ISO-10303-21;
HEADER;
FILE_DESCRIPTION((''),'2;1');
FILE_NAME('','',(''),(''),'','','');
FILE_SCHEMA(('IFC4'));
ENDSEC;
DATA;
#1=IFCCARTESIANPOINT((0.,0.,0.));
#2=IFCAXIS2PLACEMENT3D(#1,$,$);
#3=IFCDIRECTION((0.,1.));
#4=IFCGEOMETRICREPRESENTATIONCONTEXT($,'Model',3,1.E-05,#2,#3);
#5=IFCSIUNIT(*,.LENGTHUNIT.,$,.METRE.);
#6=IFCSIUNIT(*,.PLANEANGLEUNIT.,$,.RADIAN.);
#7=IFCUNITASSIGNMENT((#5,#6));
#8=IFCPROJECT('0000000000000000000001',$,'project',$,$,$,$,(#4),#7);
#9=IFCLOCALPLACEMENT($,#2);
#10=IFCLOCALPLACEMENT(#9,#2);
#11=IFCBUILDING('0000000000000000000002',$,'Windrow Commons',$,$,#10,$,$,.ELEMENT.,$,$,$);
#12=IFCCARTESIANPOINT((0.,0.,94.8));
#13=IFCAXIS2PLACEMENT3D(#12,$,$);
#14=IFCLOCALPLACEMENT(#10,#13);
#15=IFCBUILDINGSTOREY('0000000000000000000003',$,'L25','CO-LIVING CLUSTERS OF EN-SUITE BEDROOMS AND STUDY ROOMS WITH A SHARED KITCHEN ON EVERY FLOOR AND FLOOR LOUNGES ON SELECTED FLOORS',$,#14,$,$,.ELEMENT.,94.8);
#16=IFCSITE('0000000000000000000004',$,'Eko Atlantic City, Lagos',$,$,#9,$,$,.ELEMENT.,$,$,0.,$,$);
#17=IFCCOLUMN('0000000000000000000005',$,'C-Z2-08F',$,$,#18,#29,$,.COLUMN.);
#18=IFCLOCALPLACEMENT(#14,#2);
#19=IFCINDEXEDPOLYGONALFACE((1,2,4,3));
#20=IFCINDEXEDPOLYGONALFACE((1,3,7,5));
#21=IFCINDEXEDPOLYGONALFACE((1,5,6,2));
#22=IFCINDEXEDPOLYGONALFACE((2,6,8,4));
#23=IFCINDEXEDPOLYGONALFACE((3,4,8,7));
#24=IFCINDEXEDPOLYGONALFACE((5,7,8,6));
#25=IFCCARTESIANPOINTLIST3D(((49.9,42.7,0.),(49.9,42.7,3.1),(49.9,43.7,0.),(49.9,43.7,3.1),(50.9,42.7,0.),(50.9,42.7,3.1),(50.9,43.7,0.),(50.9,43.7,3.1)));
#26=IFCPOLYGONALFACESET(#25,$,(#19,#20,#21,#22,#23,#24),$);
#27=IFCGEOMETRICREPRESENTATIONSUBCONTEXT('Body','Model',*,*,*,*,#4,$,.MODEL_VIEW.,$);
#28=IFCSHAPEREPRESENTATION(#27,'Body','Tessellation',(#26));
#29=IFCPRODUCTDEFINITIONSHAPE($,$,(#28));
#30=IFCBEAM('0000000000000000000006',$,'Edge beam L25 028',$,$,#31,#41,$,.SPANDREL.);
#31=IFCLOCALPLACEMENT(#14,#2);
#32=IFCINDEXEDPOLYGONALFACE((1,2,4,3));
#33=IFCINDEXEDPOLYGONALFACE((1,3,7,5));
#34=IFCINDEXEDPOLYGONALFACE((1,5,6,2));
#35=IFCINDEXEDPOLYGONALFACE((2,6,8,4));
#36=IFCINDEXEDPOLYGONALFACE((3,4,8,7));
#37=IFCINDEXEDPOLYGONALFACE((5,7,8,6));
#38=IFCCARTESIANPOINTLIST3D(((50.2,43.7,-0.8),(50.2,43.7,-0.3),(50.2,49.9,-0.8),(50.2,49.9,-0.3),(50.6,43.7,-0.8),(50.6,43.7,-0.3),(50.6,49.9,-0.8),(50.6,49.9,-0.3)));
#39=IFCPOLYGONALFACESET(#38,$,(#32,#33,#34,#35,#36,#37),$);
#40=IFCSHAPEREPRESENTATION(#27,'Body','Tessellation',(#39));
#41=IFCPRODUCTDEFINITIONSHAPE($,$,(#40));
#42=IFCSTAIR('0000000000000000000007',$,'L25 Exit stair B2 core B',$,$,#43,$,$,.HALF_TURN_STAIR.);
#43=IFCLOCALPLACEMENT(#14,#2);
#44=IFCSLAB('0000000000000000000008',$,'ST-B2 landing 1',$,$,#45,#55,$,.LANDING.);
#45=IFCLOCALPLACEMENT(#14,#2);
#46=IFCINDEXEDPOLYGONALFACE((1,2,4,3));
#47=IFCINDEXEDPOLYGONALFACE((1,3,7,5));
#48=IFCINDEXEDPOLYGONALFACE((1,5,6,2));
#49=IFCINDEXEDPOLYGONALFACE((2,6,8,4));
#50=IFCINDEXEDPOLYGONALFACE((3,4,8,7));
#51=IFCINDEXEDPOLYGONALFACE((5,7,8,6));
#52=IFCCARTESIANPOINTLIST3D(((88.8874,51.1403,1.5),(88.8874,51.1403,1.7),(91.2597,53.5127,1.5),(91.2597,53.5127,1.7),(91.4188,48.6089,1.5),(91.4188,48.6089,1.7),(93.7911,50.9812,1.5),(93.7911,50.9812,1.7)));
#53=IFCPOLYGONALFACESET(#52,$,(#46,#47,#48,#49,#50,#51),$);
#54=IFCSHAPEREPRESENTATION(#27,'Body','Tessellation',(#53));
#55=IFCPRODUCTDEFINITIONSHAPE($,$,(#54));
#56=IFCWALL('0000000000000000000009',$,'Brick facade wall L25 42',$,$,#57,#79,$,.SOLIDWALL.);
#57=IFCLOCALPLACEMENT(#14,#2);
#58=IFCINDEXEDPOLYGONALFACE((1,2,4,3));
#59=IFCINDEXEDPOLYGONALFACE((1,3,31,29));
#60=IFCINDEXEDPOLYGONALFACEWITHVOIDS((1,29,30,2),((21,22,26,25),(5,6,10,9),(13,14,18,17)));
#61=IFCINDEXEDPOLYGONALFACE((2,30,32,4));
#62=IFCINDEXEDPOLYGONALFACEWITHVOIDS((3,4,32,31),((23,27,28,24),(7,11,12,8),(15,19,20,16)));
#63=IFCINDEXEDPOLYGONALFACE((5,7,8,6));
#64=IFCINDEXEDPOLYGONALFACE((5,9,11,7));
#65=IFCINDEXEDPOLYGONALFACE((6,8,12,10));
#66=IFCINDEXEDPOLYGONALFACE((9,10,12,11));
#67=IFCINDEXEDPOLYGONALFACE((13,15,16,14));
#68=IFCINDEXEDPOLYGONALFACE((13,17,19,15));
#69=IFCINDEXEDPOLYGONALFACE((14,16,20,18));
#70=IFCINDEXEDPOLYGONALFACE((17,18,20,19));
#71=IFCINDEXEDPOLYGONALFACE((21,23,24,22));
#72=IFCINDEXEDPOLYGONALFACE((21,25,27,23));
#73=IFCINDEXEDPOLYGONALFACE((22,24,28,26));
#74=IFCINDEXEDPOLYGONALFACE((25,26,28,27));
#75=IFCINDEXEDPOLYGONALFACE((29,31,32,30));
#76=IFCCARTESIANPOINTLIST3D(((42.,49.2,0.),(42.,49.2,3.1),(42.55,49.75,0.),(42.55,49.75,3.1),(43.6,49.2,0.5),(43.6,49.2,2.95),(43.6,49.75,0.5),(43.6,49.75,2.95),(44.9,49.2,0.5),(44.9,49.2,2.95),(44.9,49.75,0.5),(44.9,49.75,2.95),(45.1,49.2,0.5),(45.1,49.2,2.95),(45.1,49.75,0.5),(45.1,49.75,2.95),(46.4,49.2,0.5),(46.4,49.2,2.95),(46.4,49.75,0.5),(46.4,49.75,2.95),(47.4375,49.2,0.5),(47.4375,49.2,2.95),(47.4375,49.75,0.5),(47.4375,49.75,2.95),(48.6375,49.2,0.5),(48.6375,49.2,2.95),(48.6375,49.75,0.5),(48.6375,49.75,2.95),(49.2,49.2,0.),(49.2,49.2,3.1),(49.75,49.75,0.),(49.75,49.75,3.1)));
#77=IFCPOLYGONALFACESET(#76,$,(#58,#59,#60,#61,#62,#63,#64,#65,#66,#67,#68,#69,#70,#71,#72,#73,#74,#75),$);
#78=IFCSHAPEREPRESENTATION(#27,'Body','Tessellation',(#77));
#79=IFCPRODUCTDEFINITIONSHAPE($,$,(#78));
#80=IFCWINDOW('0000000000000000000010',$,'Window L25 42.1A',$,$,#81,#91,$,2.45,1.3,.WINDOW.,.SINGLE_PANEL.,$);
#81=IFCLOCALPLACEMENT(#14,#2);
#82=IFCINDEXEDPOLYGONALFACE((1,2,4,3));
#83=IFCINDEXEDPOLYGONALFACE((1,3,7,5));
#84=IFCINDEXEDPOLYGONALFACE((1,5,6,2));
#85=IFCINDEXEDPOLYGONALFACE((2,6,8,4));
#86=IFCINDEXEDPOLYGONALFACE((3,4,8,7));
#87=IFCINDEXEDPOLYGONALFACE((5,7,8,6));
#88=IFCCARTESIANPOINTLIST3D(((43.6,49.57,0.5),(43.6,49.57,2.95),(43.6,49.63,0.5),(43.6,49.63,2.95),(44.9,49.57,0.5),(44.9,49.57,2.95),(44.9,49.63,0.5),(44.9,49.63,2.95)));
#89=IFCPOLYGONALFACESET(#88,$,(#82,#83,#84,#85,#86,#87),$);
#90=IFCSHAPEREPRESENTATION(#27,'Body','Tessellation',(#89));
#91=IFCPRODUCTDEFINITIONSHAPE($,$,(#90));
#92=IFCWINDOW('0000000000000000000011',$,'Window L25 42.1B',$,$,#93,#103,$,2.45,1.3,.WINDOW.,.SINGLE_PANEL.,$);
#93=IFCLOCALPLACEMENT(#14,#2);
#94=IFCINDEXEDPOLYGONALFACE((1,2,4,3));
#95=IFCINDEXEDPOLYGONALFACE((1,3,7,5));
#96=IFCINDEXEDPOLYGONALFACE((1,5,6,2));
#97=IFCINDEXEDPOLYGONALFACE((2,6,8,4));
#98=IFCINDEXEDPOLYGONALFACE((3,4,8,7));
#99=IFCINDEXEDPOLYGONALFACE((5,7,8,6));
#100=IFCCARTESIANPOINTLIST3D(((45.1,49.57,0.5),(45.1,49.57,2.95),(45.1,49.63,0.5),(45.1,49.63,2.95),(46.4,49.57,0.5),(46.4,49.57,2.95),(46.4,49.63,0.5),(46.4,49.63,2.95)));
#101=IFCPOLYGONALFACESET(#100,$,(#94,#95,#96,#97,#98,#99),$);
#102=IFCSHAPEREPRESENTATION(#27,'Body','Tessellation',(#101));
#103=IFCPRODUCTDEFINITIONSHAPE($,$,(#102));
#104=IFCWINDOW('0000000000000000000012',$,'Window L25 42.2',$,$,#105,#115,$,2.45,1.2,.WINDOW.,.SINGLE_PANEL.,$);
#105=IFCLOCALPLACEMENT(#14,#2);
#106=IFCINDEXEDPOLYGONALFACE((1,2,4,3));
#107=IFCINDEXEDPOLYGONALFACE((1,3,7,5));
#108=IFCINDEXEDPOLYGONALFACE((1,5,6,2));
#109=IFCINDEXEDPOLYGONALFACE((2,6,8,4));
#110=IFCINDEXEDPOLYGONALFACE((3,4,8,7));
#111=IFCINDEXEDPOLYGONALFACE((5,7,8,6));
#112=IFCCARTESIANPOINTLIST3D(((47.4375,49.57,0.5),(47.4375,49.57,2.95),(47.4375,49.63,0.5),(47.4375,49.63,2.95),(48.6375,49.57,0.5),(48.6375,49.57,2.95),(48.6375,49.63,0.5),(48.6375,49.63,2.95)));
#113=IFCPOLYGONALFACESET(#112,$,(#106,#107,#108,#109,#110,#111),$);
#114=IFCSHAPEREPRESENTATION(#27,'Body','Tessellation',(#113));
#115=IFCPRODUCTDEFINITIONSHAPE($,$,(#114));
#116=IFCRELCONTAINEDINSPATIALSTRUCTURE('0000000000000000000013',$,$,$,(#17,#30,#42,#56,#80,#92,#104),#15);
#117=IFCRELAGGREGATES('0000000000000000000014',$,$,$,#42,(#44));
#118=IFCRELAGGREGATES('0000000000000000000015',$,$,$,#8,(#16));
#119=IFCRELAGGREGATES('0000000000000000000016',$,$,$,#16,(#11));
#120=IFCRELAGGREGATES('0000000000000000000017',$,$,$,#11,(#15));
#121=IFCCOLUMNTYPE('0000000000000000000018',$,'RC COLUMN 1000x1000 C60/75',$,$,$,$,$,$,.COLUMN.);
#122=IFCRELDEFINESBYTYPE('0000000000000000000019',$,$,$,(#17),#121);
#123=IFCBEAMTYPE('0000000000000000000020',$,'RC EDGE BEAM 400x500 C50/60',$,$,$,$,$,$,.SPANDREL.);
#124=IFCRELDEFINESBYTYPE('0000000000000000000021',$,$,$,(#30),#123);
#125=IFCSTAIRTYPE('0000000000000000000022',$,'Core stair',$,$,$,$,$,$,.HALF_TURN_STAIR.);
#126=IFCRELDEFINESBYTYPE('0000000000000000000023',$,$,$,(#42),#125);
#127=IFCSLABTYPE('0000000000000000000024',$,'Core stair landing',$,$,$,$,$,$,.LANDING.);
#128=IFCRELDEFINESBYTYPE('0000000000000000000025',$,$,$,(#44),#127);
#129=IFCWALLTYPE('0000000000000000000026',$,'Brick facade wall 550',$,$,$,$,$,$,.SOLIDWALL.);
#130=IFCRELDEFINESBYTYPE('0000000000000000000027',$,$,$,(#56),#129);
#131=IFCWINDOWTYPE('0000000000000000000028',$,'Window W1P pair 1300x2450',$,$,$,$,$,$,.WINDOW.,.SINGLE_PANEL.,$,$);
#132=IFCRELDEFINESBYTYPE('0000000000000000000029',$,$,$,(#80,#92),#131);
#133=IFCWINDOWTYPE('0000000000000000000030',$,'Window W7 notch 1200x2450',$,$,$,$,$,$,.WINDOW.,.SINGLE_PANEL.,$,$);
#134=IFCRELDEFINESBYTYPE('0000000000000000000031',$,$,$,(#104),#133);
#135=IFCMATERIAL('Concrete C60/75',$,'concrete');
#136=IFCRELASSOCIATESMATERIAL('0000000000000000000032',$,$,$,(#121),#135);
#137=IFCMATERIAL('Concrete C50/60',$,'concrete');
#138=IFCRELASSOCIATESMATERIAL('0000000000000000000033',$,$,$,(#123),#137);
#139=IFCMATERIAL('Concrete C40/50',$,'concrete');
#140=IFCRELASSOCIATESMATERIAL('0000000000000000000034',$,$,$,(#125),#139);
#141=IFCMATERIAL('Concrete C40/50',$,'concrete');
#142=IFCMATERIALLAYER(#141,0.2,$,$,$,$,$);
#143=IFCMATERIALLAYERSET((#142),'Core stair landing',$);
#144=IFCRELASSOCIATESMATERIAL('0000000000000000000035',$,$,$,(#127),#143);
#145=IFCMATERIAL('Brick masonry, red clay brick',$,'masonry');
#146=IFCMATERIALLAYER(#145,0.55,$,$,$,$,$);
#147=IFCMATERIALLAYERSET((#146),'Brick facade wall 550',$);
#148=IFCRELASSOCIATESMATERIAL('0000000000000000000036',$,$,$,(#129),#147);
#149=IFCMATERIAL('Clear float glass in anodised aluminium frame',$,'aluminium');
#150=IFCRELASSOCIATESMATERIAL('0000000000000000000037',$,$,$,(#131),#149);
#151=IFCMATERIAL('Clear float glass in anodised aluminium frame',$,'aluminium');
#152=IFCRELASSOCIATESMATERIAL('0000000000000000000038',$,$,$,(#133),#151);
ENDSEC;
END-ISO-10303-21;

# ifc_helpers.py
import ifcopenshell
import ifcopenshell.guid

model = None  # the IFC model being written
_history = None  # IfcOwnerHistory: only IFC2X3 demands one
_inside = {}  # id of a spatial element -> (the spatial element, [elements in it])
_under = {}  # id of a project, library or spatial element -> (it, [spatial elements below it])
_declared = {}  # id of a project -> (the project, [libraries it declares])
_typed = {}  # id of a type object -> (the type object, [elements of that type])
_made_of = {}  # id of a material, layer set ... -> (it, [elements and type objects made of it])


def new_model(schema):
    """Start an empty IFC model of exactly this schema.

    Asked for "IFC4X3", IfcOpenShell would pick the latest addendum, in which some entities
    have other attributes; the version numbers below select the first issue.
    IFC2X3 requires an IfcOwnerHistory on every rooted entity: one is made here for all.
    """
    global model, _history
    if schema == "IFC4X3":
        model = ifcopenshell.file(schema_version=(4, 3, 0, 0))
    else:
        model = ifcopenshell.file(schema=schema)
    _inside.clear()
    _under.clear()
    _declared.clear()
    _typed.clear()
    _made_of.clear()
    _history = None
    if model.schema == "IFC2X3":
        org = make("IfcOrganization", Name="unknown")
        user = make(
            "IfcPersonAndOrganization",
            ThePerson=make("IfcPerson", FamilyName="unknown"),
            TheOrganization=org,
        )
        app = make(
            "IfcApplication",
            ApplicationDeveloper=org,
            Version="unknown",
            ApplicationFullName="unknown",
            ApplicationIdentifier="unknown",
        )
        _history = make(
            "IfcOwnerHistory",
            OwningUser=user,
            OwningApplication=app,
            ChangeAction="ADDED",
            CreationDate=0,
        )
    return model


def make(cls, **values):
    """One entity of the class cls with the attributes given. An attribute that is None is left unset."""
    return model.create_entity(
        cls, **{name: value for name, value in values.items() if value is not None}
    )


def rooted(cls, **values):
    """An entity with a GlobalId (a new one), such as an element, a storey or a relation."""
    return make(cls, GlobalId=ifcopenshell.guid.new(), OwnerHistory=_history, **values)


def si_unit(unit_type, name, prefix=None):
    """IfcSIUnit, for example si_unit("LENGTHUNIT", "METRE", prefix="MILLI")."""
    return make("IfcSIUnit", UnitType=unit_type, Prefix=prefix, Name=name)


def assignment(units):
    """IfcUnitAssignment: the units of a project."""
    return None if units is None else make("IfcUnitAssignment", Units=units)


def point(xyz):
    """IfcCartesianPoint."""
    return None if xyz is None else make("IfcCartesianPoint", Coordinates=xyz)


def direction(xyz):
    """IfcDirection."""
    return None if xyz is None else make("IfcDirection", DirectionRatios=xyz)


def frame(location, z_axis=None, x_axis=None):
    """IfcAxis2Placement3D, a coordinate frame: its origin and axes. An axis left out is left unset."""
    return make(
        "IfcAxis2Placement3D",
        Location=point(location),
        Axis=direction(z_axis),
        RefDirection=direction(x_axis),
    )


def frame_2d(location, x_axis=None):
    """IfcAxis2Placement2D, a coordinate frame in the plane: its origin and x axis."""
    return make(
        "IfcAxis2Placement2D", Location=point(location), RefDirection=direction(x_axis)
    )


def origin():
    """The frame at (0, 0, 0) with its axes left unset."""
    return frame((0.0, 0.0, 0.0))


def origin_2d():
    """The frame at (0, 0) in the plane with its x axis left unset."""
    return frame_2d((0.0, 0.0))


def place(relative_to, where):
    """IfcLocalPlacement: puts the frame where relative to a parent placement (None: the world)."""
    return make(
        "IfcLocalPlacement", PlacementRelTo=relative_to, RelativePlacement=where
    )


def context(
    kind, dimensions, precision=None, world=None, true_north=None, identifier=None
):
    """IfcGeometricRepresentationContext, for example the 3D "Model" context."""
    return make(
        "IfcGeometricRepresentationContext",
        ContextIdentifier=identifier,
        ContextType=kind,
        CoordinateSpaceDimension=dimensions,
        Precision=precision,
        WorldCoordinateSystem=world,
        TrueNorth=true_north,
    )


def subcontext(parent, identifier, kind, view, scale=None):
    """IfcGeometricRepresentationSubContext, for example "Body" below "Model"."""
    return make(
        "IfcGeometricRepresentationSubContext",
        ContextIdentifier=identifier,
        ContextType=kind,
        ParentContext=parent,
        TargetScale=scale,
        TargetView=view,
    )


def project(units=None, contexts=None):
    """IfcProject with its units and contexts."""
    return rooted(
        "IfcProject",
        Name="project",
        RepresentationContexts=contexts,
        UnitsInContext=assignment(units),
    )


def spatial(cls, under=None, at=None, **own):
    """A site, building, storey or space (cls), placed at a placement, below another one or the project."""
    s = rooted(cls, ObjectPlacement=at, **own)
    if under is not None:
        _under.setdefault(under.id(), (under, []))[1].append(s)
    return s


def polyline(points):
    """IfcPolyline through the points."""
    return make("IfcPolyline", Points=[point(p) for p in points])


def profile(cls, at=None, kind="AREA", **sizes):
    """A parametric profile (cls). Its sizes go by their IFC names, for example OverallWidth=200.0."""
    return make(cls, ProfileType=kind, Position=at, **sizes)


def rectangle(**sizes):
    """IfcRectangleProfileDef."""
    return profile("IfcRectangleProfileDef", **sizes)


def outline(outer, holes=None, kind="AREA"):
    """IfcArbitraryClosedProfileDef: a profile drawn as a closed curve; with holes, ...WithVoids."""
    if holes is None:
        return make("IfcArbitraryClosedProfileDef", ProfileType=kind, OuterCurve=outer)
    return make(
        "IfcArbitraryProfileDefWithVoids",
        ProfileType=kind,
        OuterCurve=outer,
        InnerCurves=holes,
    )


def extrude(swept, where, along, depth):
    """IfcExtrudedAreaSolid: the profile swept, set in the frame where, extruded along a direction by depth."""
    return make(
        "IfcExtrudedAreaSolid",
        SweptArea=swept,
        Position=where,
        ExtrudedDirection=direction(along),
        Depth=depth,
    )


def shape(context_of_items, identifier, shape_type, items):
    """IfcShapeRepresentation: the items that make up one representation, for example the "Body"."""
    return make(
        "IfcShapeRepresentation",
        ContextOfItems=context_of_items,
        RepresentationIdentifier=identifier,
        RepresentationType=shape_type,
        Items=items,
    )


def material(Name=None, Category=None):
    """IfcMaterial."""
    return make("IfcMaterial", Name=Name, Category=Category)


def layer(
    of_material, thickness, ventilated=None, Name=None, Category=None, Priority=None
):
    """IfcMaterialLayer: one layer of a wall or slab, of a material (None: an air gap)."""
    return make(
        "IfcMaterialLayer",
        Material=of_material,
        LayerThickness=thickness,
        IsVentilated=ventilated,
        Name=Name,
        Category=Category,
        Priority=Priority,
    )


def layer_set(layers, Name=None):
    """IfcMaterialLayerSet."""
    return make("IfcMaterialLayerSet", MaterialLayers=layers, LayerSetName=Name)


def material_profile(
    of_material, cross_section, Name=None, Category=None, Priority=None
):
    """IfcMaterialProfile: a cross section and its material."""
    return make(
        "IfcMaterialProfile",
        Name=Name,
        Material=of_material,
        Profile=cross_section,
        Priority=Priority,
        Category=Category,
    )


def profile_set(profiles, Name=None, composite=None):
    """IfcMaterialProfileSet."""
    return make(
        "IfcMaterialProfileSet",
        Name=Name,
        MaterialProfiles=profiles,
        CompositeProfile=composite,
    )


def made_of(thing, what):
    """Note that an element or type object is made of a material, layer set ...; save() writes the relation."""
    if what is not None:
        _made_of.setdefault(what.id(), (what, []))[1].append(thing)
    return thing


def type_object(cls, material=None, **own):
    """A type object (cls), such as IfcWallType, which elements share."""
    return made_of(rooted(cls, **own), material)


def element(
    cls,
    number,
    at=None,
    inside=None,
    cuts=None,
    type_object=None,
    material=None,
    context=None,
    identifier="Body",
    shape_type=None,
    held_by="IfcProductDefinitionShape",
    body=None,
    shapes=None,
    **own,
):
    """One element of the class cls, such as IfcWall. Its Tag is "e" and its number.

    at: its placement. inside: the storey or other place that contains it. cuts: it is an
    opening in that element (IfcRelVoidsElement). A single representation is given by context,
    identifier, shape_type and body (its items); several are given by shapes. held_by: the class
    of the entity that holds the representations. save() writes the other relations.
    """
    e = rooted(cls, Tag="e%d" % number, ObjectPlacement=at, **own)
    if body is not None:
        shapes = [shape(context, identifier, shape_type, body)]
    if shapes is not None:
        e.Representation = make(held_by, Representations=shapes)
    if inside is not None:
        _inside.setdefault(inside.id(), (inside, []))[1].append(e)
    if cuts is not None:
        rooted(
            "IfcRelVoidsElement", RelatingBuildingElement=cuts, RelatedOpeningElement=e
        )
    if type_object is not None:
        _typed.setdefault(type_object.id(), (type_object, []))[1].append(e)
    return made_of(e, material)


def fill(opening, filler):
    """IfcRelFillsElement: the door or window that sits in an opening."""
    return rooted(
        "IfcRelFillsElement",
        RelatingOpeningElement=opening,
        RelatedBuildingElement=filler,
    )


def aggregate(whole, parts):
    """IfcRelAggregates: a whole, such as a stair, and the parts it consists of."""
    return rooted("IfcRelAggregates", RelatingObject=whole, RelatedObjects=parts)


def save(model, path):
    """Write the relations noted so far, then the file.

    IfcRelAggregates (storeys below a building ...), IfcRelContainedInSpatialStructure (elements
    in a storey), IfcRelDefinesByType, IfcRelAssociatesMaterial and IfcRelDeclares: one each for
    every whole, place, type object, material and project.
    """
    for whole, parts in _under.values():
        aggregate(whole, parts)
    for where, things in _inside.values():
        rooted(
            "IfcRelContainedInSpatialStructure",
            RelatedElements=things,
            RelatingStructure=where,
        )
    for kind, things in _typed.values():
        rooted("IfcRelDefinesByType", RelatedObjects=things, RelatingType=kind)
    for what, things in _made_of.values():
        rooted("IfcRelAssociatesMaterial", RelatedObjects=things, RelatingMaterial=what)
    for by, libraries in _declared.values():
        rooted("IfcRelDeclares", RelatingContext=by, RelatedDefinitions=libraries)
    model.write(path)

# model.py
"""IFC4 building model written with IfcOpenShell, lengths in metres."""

from ifc_helpers import new_model, si_unit, direction, frame, frame_2d, origin, origin_2d, place, context, subcontext, project, spatial, polyline, rectangle, outline, extrude, material, layer, layer_set, material_profile, profile_set, type_object, element, fill, aggregate, save


model = new_model("IFC4")

# Units and contexts
model_context = context("Model", 3, precision=1e-05, world=origin(), true_north=direction((0.0, 1.0)))
body_context = subcontext(model_context, "Body", "Model", "MODEL_VIEW")
ifc_project = project(units=[si_unit("LENGTHUNIT", "METRE"), si_unit("PLANEANGLEUNIT", "RADIAN")], contexts=[model_context])

# Site, building, storey
site_placement = place(None, origin())
site = spatial("IfcSite", under=ifc_project, at=site_placement, Name="Eko Atlantic City, Lagos", CompositionType="ELEMENT", RefElevation=0.0)
building_placement = place(site_placement, origin())
building = spatial("IfcBuilding", under=site, at=building_placement, Name="Windrow Commons", CompositionType="ELEMENT")
storey_placement = place(building_placement, frame((0.0, 0.0, 94.8)))
storey = spatial("IfcBuildingStorey", under=building, at=storey_placement, Name="L25", Description="CO-LIVING CLUSTERS OF EN-SUITE BEDROOMS AND STUDY ROOMS WITH A SHARED KITCHEN ON EVERY FLOOR AND FLOOR LOUNGES ON SELECTED FLOORS", CompositionType="ELEMENT", Elevation=94.8)

# Column
ifc_material_1 = material(Name="Concrete C60/75", Category="concrete")
ifc_material_profile_1 = material_profile(ifc_material_1, rectangle(XDim=1.0, YDim=1.0, at=origin_2d()))
ifc_profile_set_1 = profile_set([ifc_material_profile_1], Name="Concrete C60/75")
column_type = type_object("IfcColumnType", Name="RC COLUMN 1000x1000 C60/75", PredefinedType="COLUMN", material=ifc_profile_set_1)
column_placement = place(storey_placement, frame((50.4, 43.2, 0.0), z_axis=(0.0, 0.0, 1.0), x_axis=(1.0, 0.0, 0.0)))
element("IfcColumn", 1, at=column_placement, inside=storey, type_object=column_type, Name="C-Z2-08F", PredefinedType="COLUMN", context=body_context, shape_type="SweptSolid", body=[
    extrude(rectangle(XDim=1.0, YDim=1.0, at=origin_2d()), origin(), (0.0, 0.0, 1.0), 3.1),
])

# Beam
ifc_material_2 = material(Name="Concrete C50/60", Category="concrete")
ifc_material_profile_2 = material_profile(ifc_material_2, rectangle(XDim=0.4, YDim=0.5, at=origin_2d()))
ifc_profile_set_2 = profile_set([ifc_material_profile_2], Name="Concrete C50/60")
beam_type = type_object("IfcBeamType", Name="RC EDGE BEAM 400x500 C50/60", PredefinedType="SPANDREL", material=ifc_profile_set_2)
beam_placement = place(storey_placement, frame((50.4, 43.7, -0.55), z_axis=(0.0, 1.0, 0.0), x_axis=(-1.0, 0.0, 0.0)))
element("IfcBeam", 2, at=beam_placement, inside=storey, type_object=beam_type, Name="Edge beam L25 028", PredefinedType="SPANDREL", context=body_context, shape_type="SweptSolid", body=[
    extrude(rectangle(XDim=0.4, YDim=0.5, at=origin_2d()), origin(), (0.0, 0.0, 1.0), 6.2),
])

# Stair, slab
ifc_material_3 = material(Name="Concrete C40/50", Category="concrete")
stair_type = type_object("IfcStairType", Name="Core stair", PredefinedType="HALF_TURN_STAIR", material=ifc_material_3)
stair_placement = place(storey_placement, origin())
stair = element("IfcStair", 3, at=stair_placement, inside=storey, type_object=stair_type, Name="L25 Exit stair B2 core B", PredefinedType="HALF_TURN_STAIR")
ifc_material_4 = material(Name="Concrete C40/50", Category="concrete")
ifc_layer_1 = layer(ifc_material_4, 0.2)
ifc_layer_set_1 = layer_set([ifc_layer_1], Name="Core stair landing")
slab_type = type_object("IfcSlabType", Name="Core stair landing", PredefinedType="LANDING", material=ifc_layer_set_1)
slab_placement = place(storey_placement, frame((0.0, 0.0, 1.5)))
slab = element("IfcSlab", 4, at=slab_placement, type_object=slab_type, Name="ST-B2 landing 1", PredefinedType="LANDING", context=body_context, shape_type="SweptSolid", body=[
    extrude(outline(polyline([(88.8874, 51.1403), (91.4188, 48.6089), (93.7911, 50.9812), (91.2597, 53.5127), (88.8874, 51.1403)])), origin(), (0.0, 0.0, 1.0), 0.2),
])
aggregate(stair, [slab])

# Wall, openings, windows
ifc_material_5 = material(Name="Brick masonry, red clay brick", Category="masonry")
ifc_layer_2 = layer(ifc_material_5, 0.55)
ifc_layer_set_2 = layer_set([ifc_layer_2], Name="Brick facade wall 550")
wall_type_1 = type_object("IfcWallType", Name="Brick facade wall 550", PredefinedType="SOLIDWALL", material=ifc_layer_set_2)
wall_1_placement = place(storey_placement, frame((42.275, 49.475, 0.0), z_axis=(0.0, 0.0, 1.0), x_axis=(1.0, 0.0, 0.0)))
wall_1 = element("IfcWall", 5, at=wall_1_placement, inside=storey, type_object=wall_type_1, Name="Brick facade wall L25 42", PredefinedType="SOLIDWALL", context=body_context, shape_type="SweptSolid", body=[
    extrude(outline(polyline([(-0.275, -0.275), (6.925, -0.275), (7.475, 0.275), (0.275, 0.275), (-0.275, -0.275)])), origin(), (0.0, 0.0, 1.0), 3.1),
])
opening_1_placement = place(wall_1_placement, frame((1.325, 0.0, 0.5)))
opening_1 = element("IfcOpeningElement", 6, at=opening_1_placement, cuts=wall_1, PredefinedType="OPENING", context=body_context, shape_type="SweptSolid", body=[
    extrude(rectangle(XDim=1.3, YDim=2.45, at=frame_2d((0.65, 1.225))), frame((0.0, 0.285, 0.0), z_axis=(0.0, -1.0, 0.0), x_axis=(1.0, 0.0, 0.0)), (0.0, 0.0, 1.0), 0.57),
])
opening_2_placement = place(wall_1_placement, frame((2.825, 0.0, 0.5)))
opening_2 = element("IfcOpeningElement", 7, at=opening_2_placement, cuts=wall_1, PredefinedType="OPENING", context=body_context, shape_type="SweptSolid", body=[
    extrude(rectangle(XDim=1.3, YDim=2.45, at=frame_2d((0.65, 1.225))), frame((0.0, 0.285, 0.0), z_axis=(0.0, -1.0, 0.0), x_axis=(1.0, 0.0, 0.0)), (0.0, 0.0, 1.0), 0.57),
])
opening_3_placement = place(wall_1_placement, frame((5.1625, 0.0, 0.5)))
opening_3 = element("IfcOpeningElement", 8, at=opening_3_placement, cuts=wall_1, PredefinedType="OPENING", context=body_context, shape_type="SweptSolid", body=[
    extrude(rectangle(XDim=1.2, YDim=2.45, at=frame_2d((0.6, 1.225))), frame((0.0, 0.285, 0.0), z_axis=(0.0, -1.0, 0.0), x_axis=(1.0, 0.0, 0.0)), (0.0, 0.0, 1.0), 0.57),
])
ifc_material_6 = material(Name="Clear float glass in anodised aluminium frame", Category="aluminium")
window_type_1 = type_object("IfcWindowType", Name="Window W1P pair 1300x2450", PartitioningType="SINGLE_PANEL", PredefinedType="WINDOW", material=ifc_material_6)
window_1_placement = place(opening_1_placement, origin())
window_1 = element("IfcWindow", 9, at=window_1_placement, inside=storey, type_object=window_type_1, Name="Window L25 42.1A", OverallHeight=2.45, OverallWidth=1.3, PartitioningType="SINGLE_PANEL", PredefinedType="WINDOW", context=body_context, shape_type="SweptSolid", body=[
    extrude(rectangle(XDim=1.3, YDim=2.45, at=frame_2d((0.65, 1.225))), frame((0.0, 0.155, 0.0), z_axis=(0.0, -1.0, 0.0), x_axis=(1.0, 0.0, 0.0)), (0.0, 0.0, 1.0), 0.06),
])
fill(opening_1, window_1)
window_2_placement = place(opening_2_placement, origin())
window_2 = element("IfcWindow", 10, at=window_2_placement, inside=storey, type_object=window_type_1, Name="Window L25 42.1B", OverallHeight=2.45, OverallWidth=1.3, PartitioningType="SINGLE_PANEL", PredefinedType="WINDOW", context=body_context, shape_type="SweptSolid", body=[
    extrude(rectangle(XDim=1.3, YDim=2.45, at=frame_2d((0.65, 1.225))), frame((0.0, 0.155, 0.0), z_axis=(0.0, -1.0, 0.0), x_axis=(1.0, 0.0, 0.0)), (0.0, 0.0, 1.0), 0.06),
])
fill(opening_2, window_2)
ifc_material_7 = material(Name="Clear float glass in anodised aluminium frame", Category="aluminium")
window_type_2 = type_object("IfcWindowType", Name="Window W7 notch 1200x2450", PartitioningType="SINGLE_PANEL", PredefinedType="WINDOW", material=ifc_material_7)
window_3_placement = place(opening_3_placement, origin())
window_3 = element("IfcWindow", 11, at=window_3_placement, inside=storey, type_object=window_type_2, Name="Window L25 42.2", OverallHeight=2.45, OverallWidth=1.2, PartitioningType="SINGLE_PANEL", PredefinedType="WINDOW", context=body_context, shape_type="SweptSolid", body=[
    extrude(rectangle(XDim=1.2, YDim=2.45, at=frame_2d((0.6, 1.225))), frame((0.0, 0.155, 0.0), z_axis=(0.0, -1.0, 0.0), x_axis=(1.0, 0.0, 0.0)), (0.0, 0.0, 1.0), 0.06),
])
fill(opening_3, window_3)

save(model, "model.ifc")
